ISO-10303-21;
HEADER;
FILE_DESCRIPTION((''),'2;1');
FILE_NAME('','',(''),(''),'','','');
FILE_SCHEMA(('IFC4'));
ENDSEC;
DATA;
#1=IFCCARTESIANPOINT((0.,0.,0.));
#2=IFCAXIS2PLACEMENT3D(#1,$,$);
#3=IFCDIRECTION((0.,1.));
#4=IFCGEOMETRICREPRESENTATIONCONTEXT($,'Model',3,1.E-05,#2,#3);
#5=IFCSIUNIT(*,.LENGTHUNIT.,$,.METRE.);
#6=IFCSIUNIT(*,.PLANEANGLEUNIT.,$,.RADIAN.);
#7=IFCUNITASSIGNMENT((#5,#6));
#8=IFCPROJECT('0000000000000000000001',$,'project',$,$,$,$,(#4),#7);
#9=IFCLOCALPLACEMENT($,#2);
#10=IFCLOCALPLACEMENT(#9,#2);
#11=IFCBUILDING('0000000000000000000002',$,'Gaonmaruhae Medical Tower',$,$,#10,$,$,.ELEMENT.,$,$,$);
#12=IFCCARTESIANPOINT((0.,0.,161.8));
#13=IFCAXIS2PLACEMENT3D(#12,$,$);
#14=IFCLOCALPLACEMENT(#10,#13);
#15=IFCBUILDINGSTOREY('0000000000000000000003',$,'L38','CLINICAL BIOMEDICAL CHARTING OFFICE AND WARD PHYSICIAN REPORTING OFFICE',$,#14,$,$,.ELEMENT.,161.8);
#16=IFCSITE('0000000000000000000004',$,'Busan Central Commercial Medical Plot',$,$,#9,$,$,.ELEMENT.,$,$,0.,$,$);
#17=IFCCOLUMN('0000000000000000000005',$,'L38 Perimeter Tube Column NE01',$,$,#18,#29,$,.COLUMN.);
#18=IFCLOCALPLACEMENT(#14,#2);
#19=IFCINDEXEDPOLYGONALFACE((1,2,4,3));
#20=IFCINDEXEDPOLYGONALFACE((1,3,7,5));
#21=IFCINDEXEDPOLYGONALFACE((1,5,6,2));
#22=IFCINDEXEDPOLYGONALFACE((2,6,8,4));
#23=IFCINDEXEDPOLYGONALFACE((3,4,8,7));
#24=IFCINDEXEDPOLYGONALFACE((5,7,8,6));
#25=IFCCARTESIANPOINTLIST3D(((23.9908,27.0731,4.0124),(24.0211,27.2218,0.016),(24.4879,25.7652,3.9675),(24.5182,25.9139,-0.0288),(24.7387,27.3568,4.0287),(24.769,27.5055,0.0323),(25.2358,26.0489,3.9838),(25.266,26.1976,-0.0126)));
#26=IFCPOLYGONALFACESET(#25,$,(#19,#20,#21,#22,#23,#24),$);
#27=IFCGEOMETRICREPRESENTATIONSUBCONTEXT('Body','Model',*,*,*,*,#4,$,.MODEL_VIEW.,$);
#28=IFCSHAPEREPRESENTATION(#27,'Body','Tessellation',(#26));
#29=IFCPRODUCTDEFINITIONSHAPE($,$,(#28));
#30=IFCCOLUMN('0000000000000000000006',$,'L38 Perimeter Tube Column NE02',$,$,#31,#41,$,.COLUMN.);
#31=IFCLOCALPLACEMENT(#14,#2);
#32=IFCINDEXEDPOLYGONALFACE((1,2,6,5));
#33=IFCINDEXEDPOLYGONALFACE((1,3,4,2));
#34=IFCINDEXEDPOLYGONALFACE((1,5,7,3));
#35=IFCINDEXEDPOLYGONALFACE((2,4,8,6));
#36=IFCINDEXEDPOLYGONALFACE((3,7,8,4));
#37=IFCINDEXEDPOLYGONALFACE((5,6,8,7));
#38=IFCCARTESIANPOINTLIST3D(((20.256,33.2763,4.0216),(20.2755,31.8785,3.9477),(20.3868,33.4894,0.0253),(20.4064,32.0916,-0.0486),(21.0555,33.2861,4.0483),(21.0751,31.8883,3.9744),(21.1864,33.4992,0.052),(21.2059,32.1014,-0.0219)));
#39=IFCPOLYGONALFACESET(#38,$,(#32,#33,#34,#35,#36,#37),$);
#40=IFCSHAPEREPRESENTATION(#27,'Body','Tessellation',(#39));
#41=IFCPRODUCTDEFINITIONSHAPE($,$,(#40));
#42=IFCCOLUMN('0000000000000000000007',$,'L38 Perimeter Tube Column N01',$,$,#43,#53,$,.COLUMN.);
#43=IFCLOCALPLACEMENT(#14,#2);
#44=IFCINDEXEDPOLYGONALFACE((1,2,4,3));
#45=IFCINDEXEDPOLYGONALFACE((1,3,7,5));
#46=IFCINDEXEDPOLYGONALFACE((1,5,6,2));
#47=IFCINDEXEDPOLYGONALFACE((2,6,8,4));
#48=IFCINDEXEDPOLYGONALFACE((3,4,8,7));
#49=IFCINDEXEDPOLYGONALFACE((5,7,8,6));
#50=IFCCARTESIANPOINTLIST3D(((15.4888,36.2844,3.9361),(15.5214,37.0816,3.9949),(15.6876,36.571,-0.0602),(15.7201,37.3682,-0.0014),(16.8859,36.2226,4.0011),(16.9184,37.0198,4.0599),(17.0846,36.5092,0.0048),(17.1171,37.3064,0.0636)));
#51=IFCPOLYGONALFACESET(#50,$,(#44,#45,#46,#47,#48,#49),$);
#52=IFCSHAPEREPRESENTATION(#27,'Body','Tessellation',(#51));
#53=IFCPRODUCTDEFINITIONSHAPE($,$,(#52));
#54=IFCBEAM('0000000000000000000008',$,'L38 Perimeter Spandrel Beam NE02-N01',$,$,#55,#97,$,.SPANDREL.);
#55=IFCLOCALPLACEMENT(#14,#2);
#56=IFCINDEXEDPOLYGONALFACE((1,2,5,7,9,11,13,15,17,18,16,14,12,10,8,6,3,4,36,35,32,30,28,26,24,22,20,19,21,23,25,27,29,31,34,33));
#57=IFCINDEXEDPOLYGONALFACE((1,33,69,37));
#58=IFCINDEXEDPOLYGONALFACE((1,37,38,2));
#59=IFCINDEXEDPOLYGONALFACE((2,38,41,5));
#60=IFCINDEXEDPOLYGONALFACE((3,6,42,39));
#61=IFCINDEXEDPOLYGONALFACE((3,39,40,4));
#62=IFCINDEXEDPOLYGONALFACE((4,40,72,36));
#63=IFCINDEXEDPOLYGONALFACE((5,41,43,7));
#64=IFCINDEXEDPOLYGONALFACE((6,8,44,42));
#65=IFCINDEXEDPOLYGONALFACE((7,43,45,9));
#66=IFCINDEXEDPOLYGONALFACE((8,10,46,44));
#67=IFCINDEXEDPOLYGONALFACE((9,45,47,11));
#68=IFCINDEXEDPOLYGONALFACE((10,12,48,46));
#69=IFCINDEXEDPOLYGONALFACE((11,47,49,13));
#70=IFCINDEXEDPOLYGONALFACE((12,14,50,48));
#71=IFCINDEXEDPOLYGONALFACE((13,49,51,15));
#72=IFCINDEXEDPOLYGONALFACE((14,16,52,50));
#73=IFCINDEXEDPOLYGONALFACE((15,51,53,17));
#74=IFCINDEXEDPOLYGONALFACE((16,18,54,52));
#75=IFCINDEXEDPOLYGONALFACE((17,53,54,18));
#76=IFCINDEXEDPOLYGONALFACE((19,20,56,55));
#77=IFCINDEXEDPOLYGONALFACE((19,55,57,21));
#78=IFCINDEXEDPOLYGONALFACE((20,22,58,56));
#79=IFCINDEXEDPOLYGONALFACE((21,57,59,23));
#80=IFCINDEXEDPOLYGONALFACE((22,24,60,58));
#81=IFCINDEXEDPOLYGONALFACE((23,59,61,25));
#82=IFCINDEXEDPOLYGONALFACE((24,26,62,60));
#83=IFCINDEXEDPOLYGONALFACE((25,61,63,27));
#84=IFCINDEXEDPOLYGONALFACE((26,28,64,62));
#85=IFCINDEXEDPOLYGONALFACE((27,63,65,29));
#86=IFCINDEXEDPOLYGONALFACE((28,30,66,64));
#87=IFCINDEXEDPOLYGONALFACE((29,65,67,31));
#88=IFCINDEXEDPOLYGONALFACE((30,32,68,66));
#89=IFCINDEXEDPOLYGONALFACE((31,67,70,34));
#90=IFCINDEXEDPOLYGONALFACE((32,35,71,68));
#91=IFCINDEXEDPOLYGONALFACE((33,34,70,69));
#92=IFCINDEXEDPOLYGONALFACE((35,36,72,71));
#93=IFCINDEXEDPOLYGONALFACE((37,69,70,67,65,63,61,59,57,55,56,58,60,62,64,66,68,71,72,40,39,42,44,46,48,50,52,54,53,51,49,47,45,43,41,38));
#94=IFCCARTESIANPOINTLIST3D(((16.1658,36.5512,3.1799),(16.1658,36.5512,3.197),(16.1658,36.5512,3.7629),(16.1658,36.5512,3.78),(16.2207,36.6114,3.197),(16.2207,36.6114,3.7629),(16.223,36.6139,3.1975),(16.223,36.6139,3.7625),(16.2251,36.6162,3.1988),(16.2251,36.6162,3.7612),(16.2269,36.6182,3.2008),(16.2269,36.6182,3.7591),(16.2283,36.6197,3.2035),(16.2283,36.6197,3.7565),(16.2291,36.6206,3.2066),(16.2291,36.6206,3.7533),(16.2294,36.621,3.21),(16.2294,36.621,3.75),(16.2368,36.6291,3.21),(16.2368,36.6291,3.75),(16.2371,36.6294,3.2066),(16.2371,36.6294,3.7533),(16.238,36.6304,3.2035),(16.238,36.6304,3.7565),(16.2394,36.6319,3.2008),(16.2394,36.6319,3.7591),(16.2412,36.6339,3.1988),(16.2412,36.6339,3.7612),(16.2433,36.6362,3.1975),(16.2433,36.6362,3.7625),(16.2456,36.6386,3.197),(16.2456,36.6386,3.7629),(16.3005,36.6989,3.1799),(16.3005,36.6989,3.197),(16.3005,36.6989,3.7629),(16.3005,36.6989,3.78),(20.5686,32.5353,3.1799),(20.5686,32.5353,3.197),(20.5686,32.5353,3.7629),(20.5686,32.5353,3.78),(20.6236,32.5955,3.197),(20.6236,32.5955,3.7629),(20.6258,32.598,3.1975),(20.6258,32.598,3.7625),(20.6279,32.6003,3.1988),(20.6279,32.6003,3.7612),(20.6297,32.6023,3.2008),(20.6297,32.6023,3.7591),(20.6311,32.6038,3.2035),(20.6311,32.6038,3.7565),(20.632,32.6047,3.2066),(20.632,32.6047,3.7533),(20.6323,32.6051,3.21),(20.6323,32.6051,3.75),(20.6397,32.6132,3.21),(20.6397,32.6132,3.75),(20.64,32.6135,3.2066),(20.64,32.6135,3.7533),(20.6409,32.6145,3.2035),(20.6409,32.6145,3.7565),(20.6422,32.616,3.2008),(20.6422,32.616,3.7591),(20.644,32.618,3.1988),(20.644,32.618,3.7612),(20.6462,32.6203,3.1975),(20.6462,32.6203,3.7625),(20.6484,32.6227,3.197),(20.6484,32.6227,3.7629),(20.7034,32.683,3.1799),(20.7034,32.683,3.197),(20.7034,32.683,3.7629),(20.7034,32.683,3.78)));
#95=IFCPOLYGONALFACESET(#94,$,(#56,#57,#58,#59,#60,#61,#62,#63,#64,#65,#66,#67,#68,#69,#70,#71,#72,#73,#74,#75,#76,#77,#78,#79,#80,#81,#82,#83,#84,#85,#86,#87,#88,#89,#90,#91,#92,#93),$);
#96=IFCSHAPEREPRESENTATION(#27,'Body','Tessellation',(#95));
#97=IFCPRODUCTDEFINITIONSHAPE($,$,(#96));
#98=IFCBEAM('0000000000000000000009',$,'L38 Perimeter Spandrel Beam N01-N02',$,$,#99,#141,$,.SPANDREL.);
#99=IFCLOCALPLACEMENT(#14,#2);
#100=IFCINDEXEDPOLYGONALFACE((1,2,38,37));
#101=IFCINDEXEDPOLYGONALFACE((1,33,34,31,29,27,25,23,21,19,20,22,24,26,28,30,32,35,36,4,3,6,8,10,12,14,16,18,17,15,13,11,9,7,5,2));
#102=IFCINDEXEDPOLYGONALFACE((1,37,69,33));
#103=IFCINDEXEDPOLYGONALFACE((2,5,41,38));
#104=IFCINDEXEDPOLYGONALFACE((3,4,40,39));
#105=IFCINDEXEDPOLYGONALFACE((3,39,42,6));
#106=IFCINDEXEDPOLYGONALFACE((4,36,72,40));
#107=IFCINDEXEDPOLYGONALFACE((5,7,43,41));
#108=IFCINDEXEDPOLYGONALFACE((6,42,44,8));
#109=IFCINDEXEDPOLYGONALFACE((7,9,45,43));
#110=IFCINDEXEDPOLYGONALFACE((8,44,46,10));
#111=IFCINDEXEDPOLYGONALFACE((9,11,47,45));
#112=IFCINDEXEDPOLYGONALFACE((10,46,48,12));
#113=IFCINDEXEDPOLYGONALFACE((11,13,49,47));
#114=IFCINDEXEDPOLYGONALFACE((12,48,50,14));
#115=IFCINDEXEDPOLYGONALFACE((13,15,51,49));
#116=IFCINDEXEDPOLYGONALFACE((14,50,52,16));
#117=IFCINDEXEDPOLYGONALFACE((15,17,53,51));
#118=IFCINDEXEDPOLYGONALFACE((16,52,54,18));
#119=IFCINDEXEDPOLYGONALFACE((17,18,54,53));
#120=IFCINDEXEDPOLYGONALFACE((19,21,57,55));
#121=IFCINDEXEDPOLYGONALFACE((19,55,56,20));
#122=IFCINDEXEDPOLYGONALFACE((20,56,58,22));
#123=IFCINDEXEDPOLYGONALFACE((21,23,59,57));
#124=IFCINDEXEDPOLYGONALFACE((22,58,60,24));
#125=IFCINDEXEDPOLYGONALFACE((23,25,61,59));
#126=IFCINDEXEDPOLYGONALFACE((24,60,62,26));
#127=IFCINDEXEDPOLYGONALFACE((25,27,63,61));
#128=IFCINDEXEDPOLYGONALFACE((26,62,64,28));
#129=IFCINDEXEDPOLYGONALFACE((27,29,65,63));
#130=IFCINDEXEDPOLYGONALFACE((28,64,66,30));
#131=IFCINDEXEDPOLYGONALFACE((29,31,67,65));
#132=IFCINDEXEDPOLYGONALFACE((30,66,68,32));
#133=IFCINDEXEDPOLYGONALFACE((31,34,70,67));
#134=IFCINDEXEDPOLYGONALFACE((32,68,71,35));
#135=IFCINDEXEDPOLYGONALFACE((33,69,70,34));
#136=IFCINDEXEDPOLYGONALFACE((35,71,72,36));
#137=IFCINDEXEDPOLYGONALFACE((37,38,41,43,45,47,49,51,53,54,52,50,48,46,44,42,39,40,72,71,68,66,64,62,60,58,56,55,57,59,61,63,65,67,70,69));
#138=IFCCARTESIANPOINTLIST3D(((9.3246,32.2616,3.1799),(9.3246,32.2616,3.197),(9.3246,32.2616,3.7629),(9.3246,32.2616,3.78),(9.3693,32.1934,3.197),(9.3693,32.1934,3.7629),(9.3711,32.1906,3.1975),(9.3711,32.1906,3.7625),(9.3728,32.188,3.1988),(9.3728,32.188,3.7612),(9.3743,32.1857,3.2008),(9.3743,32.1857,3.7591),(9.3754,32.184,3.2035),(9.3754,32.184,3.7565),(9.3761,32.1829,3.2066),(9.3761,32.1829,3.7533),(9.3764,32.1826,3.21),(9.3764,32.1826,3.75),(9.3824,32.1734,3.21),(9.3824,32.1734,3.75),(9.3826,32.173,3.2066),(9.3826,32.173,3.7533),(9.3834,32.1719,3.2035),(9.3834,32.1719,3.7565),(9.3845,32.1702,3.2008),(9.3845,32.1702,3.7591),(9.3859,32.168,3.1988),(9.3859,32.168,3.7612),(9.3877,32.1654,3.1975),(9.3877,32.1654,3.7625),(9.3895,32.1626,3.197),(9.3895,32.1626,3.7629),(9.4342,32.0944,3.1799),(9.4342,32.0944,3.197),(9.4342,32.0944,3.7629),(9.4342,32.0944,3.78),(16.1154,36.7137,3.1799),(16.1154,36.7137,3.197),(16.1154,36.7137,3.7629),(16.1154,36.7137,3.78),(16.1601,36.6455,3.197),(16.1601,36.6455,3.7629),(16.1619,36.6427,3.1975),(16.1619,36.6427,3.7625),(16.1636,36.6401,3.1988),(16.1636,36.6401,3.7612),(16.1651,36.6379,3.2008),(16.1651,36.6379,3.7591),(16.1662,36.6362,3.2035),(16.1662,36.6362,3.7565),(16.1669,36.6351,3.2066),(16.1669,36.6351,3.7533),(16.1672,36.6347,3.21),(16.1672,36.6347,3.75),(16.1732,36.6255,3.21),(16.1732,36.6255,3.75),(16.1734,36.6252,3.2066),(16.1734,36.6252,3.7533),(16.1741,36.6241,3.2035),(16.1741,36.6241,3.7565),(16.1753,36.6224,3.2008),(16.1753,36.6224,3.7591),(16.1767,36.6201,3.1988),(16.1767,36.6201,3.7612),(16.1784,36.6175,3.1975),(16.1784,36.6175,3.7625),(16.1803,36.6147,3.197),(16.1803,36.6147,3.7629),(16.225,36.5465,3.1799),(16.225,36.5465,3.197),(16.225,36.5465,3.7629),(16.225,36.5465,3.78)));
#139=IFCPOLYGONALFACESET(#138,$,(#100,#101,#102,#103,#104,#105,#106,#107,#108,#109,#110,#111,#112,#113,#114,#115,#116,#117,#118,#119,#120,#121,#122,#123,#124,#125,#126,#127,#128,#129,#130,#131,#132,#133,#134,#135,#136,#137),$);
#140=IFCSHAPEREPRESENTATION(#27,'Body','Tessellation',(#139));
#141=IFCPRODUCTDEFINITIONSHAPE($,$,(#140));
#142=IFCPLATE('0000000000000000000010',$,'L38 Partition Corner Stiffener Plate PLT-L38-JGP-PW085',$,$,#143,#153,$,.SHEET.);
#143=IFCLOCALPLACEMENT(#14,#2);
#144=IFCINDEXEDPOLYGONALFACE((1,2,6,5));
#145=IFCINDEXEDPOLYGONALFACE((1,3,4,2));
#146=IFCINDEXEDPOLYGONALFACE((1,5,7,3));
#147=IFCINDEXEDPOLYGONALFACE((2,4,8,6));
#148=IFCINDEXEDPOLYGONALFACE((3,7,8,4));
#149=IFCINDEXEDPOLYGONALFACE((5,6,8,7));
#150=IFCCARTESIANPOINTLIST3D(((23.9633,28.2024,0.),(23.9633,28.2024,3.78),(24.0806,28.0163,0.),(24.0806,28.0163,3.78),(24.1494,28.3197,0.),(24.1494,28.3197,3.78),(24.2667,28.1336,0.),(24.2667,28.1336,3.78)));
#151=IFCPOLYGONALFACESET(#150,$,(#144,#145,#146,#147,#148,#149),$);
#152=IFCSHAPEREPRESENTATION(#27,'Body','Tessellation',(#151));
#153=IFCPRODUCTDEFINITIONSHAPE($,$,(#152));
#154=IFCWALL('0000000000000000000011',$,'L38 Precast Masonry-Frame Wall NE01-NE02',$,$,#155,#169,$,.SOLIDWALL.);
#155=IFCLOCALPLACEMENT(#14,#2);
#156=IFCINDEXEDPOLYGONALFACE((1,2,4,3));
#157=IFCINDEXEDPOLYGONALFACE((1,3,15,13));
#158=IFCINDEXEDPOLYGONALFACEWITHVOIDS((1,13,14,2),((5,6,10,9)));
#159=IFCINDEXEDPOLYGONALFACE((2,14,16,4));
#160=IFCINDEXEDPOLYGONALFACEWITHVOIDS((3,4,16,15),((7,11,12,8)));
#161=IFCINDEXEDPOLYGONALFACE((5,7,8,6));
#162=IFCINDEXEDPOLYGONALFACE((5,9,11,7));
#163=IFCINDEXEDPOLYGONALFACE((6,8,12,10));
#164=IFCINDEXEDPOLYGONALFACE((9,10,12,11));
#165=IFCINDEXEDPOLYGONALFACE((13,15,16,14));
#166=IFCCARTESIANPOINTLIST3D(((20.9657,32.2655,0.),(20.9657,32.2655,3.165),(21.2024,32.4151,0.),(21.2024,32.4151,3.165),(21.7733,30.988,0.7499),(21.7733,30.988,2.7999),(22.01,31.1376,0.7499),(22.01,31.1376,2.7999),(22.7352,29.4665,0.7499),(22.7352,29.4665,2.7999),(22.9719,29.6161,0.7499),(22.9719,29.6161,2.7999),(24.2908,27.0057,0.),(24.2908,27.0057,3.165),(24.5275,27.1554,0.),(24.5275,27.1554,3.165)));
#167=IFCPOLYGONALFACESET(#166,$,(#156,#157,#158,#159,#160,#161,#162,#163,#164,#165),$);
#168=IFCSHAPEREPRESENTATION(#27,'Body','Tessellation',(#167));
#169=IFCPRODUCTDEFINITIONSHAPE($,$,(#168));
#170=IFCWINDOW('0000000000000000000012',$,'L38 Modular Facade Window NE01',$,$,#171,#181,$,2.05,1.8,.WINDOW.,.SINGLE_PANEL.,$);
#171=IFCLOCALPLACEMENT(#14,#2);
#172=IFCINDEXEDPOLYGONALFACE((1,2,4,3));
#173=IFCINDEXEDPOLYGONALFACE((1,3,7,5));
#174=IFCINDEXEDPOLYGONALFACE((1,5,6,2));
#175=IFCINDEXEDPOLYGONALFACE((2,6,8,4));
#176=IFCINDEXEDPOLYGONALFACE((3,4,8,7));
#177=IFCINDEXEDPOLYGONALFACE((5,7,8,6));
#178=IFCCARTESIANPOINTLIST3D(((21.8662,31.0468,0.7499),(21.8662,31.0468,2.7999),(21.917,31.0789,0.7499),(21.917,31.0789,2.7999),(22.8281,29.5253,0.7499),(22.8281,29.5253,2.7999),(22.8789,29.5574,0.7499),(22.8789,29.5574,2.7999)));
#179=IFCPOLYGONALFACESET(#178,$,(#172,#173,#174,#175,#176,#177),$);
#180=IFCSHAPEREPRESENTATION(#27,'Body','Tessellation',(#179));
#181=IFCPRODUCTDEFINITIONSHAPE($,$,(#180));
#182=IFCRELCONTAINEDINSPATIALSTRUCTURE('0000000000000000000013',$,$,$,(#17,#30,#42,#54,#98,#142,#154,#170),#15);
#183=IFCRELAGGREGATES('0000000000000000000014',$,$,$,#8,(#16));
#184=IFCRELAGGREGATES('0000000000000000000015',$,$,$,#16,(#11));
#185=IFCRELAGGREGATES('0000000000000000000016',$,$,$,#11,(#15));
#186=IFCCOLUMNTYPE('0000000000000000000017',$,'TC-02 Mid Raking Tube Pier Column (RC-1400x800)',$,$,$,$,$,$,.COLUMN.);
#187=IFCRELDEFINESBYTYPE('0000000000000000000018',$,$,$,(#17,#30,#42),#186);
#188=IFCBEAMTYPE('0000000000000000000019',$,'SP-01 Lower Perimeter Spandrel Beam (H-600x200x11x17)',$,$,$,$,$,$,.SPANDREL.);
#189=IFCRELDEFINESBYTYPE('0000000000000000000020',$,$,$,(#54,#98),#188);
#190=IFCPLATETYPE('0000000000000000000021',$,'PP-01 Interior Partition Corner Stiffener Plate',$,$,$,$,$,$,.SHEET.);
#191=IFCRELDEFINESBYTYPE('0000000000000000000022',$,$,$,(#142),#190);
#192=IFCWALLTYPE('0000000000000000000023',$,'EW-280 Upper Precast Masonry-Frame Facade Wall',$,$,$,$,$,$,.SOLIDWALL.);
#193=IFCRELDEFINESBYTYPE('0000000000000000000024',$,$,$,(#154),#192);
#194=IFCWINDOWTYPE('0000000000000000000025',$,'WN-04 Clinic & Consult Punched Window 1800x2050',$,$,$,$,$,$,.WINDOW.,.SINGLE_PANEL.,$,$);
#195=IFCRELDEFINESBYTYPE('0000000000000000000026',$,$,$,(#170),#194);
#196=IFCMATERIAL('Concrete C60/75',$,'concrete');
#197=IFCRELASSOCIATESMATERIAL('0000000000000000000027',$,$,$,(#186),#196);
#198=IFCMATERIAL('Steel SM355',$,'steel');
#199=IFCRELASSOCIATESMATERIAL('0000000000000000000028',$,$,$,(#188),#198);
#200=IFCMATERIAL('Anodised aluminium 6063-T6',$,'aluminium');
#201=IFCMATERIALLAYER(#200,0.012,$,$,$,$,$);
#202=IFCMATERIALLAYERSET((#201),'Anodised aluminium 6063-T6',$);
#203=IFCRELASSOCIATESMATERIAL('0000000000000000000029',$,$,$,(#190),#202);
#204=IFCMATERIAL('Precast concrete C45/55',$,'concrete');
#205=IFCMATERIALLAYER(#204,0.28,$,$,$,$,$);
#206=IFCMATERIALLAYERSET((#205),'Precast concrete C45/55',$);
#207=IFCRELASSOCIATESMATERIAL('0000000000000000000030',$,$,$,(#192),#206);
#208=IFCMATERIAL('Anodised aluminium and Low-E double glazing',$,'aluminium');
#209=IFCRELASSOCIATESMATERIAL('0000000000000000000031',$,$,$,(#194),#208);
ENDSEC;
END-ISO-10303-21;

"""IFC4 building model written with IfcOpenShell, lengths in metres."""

from ifc_helpers import new_model, si_unit, direction, frame, frame_2d, origin, origin_2d, place, context, subcontext, project, spatial, rectangle, i_section, extrude, material, layer, layer_set, material_profile, profile_set, type_object, element, fill, save


model = new_model("IFC4")

# Units and contexts
model_context = context("Model", 3, precision=1e-05, world=origin(), true_north=direction((0.0, 1.0)))
body_context = subcontext(model_context, "Body", "Model", "MODEL_VIEW")
ifc_project = project(units=[si_unit("LENGTHUNIT", "METRE"), si_unit("PLANEANGLEUNIT", "RADIAN")], contexts=[model_context])

# Site, building, storey
site_placement = place(None, origin())
site = spatial("IfcSite", under=ifc_project, at=site_placement, Name="Busan Central Commercial Medical Plot", CompositionType="ELEMENT", RefElevation=0.0)
building_placement = place(site_placement, origin())
building = spatial("IfcBuilding", under=site, at=building_placement, Name="Gaonmaruhae Medical Tower", CompositionType="ELEMENT")
storey_placement = place(building_placement, frame((0.0, 0.0, 161.8)))
storey = spatial("IfcBuildingStorey", under=building, at=storey_placement, Name="L38", Description="CLINICAL BIOMEDICAL CHARTING OFFICE AND WARD PHYSICIAN REPORTING OFFICE", CompositionType="ELEMENT", Elevation=161.8)

# Columns
ifc_material_1 = material(Name="Concrete C60/75", Category="concrete")
ifc_material_profile_1 = material_profile(ifc_material_1, rectangle(XDim=1.3999, YDim=0.8, at=origin_2d()), Name="RC-1400x800")
ifc_profile_set_1 = profile_set([ifc_material_profile_1], Name="Concrete C60/75")
column_type = type_object("IfcColumnType", Name="TC-02 Mid Raking Tube Pier Column (RC-1400x800)", PredefinedType="COLUMN", material=ifc_profile_set_1)
column_1_placement = place(storey_placement, frame((24.6436, 26.7097, 0.0017), z_axis=(-0.00757, -0.037178, 0.99928), x_axis=(-0.355085, 0.934284, 0.03207)))
element("IfcColumn", 1, at=column_1_placement, inside=storey, type_object=column_type, Name="L38 Perimeter Tube Column NE01", PredefinedType="COLUMN", context=body_context, shape_type="SweptSolid", body=[
    extrude(rectangle(XDim=1.3999, YDim=0.8, at=origin_2d()), origin(), (0.0, 0.0, 1.0), 3.9993),
])
column_2_placement = place(storey_placement, frame((20.7964, 32.7954, 0.0017), z_axis=(-0.032681, -0.053228, 0.998047), x_axis=(-0.013973, 0.998508, 0.052795)))
element("IfcColumn", 2, at=column_2_placement, inside=storey, type_object=column_type, Name="L38 Perimeter Tube Column NE02", PredefinedType="COLUMN", context=body_context, shape_type="SweptSolid", body=[
    extrude(rectangle(XDim=1.3999, YDim=0.8, at=origin_2d()), origin(), (0.0, 0.0, 1.0), 4.0042),
])
column_3_placement = place(storey_placement, frame((16.4023, 36.9387, 0.0017), z_axis=(-0.04954, -0.071449, 0.996213), x_axis=(0.997944, -0.044162, 0.046459)))
element("IfcColumn", 3, at=column_3_placement, inside=storey, type_object=column_type, Name="L38 Perimeter Tube Column N01", PredefinedType="COLUMN", context=body_context, shape_type="SweptSolid", body=[
    extrude(rectangle(XDim=1.3999, YDim=0.8, at=origin_2d()), origin(), (0.0, 0.0, 1.0), 4.0115),
])

# Beams
ifc_material_2 = material(Name="Steel SM355", Category="steel")
ifc_material_profile_2 = material_profile(ifc_material_2, i_section(OverallWidth=0.2, OverallDepth=0.6001, WebThickness=0.011, FlangeThickness=0.0171, FilletRadius=0.0129, at=origin_2d()), Name="H-600x200x11x17")
ifc_profile_set_2 = profile_set([ifc_material_profile_2], Name="Steel SM355")
beam_type = type_object("IfcBeamType", Name="SP-01 Lower Perimeter Spandrel Beam (H-600x200x11x17)", PredefinedType="SPANDREL", material=ifc_profile_set_2)
beam_1_placement = place(storey_placement, frame((20.636, 32.6091, 3.48), z_axis=(-0.738829, 0.673893, 0.0), x_axis=(-0.673893, -0.738829, 0.0)))
element("IfcBeam", 4, at=beam_1_placement, inside=storey, type_object=beam_type, Name="L38 Perimeter Spandrel Beam NE02-N01", PredefinedType="SPANDREL", context=body_context, shape_type="SweptSolid", body=[
    extrude(i_section(OverallWidth=0.2, OverallDepth=0.6001, WebThickness=0.011, FlangeThickness=0.0171, FilletRadius=0.0129, at=origin_2d()), origin(), (0.0, 0.0, 1.0), 5.9592),
])
beam_2_placement = place(storey_placement, frame((16.1702, 36.6301, 3.48), z_axis=(-0.83629, -0.548287, 0.0), x_axis=(0.548287, -0.83629, 0.0)))
element("IfcBeam", 5, at=beam_2_placement, inside=storey, type_object=beam_type, Name="L38 Perimeter Spandrel Beam N01-N02", PredefinedType="SPANDREL", context=body_context, shape_type="SweptSolid", body=[
    extrude(i_section(OverallWidth=0.2, OverallDepth=0.6001, WebThickness=0.011, FlangeThickness=0.0171, FilletRadius=0.0129, at=origin_2d()), origin(), (0.0, 0.0, 1.0), 8.1201),
])

# Plate
ifc_material_3 = material(Name="Anodised aluminium 6063-T6", Category="aluminium")
ifc_layer_1 = layer(ifc_material_3, 0.012)
ifc_layer_set_1 = layer_set([ifc_layer_1], Name="Anodised aluminium 6063-T6")
plate_type = type_object("IfcPlateType", Name="PP-01 Interior Partition Corner Stiffener Plate", PredefinedType="SHEET", material=ifc_layer_set_1)
plate_placement = place(storey_placement, frame((24.115, 28.168, 0.0), z_axis=(0.0, 0.0, 1.0), x_axis=(0.845923, 0.533305, 0.0)))
element("IfcPlate", 6, at=plate_placement, inside=storey, type_object=plate_type, Name="L38 Partition Corner Stiffener Plate PLT-L38-JGP-PW085", PredefinedType="SHEET", context=body_context, shape_type="SweptSolid", body=[
    extrude(rectangle(XDim=0.22, YDim=0.22, at=origin_2d()), origin(), (0.0, 0.0, 1.0), 3.78),
])

# Wall, opening, window
ifc_material_4 = material(Name="Precast concrete C45/55", Category="concrete")
ifc_layer_2 = layer(ifc_material_4, 0.28)
ifc_layer_set_2 = layer_set([ifc_layer_2], Name="Precast concrete C45/55")
wall_type_1 = type_object("IfcWallType", Name="EW-280 Upper Precast Masonry-Frame Facade Wall", PredefinedType="SOLIDWALL", material=ifc_layer_set_2)
wall_1_placement = place(storey_placement, frame((24.4092, 27.0806, 0.0), z_axis=(0.0, 0.0, 1.0), x_axis=(-0.534365, 0.845254, 0.0)))
wall_1 = element("IfcWall", 7, at=wall_1_placement, inside=storey, type_object=wall_type_1, Name="L38 Precast Masonry-Frame Wall NE01-NE02", PredefinedType="SOLIDWALL", context=body_context, shape_type="SweptSolid", body=[
    extrude(rectangle(XDim=6.2227, YDim=0.28, at=frame_2d((3.1113, 0.0))), origin(), (0.0, 0.0, 1.0), 3.165),
])
opening_1_placement = place(wall_1_placement, frame((2.9114, 0.0, 0.75)))
opening_1 = element("IfcOpeningElement", 8, at=opening_1_placement, cuts=wall_1, PredefinedType="OPENING", context=body_context, shape_type="SweptSolid", body=[
    extrude(rectangle(XDim=1.8, YDim=2.05, at=frame_2d((0.8999, 1.0249))), frame((0.0, 0.1499, 0.0), z_axis=(0.0, -1.0, 0.0), x_axis=(1.0, 0.0, 0.0)), (0.0, 0.0, 1.0), 0.3),
])
ifc_material_5 = material(Name="Anodised aluminium and Low-E double glazing", Category="aluminium")
window_type_1 = type_object("IfcWindowType", Name="WN-04 Clinic & Consult Punched Window 1800x2050", PartitioningType="SINGLE_PANEL", PredefinedType="WINDOW", material=ifc_material_5)
window_1_placement = place(opening_1_placement, origin())
window_1 = element("IfcWindow", 9, at=window_1_placement, inside=storey, type_object=window_type_1, Name="L38 Modular Facade Window NE01", OverallHeight=2.05, OverallWidth=1.8, PartitioningType="SINGLE_PANEL", PredefinedType="WINDOW", context=body_context, shape_type="SweptSolid", body=[
    extrude(rectangle(XDim=1.8, YDim=2.05, at=frame_2d((0.8999, 1.0249))), frame((0.0, 0.03, 0.0), z_axis=(0.0, -1.0, 0.0), x_axis=(1.0, 0.0, 0.0)), (0.0, 0.0, 1.0), 0.0601),
])
fill(opening_1, window_1)

save(model, "model.ifc")
